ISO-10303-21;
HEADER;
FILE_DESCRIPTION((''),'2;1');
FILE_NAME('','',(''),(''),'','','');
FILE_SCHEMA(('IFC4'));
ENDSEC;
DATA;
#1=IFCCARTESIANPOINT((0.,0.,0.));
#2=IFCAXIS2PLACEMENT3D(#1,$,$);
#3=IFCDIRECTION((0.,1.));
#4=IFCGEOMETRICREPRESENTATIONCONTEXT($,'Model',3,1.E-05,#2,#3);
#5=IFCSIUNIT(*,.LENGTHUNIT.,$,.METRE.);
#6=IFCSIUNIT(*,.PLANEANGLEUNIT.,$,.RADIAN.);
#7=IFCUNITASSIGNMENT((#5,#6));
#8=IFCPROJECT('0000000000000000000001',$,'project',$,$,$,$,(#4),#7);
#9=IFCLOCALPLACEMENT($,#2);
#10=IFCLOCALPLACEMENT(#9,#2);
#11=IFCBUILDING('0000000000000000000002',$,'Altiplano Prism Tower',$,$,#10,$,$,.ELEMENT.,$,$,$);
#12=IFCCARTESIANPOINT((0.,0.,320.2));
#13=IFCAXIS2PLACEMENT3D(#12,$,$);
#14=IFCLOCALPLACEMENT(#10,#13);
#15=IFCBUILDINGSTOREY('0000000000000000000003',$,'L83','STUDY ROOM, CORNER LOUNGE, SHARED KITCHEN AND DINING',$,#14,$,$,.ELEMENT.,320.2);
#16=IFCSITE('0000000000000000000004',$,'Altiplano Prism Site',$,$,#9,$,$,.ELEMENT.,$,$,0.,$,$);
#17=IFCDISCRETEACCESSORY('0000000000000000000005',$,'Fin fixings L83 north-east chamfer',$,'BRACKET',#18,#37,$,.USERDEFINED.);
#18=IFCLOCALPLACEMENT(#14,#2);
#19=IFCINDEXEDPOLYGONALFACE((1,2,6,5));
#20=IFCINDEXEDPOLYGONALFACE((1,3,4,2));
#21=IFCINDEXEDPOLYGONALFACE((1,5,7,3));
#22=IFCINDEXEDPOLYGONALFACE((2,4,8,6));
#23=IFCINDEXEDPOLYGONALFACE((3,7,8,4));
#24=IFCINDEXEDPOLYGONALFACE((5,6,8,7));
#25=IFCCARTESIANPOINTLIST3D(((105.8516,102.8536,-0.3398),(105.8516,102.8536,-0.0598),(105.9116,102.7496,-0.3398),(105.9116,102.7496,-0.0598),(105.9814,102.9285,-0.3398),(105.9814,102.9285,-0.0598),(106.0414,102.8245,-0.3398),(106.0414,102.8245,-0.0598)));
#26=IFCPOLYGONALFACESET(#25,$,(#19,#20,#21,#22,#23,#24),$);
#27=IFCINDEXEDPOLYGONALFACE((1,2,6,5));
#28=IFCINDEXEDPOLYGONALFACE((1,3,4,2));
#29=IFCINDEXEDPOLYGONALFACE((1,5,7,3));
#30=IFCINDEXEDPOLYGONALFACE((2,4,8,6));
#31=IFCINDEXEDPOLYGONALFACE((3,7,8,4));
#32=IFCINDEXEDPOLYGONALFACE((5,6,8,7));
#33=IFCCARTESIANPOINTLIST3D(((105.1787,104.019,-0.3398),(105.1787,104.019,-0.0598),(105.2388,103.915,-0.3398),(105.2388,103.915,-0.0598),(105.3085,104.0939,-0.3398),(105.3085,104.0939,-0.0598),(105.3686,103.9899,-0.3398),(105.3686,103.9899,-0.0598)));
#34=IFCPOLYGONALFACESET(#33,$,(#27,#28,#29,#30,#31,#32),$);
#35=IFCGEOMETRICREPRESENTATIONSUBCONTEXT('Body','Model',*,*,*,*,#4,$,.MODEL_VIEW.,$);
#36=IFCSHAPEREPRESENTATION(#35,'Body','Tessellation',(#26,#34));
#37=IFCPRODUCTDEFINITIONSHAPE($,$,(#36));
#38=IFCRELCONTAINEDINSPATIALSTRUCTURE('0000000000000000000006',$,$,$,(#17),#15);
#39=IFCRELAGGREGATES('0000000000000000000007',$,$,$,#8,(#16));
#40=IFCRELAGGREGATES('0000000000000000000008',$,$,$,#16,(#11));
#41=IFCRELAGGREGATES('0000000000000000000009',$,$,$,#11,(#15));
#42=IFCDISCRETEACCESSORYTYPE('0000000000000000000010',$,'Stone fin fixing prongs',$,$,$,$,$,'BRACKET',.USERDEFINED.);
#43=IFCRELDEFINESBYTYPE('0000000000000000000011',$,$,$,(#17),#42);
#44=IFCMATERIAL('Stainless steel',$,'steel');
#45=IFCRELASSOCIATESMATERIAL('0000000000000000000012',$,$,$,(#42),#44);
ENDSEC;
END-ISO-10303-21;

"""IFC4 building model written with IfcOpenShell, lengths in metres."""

from ifc_helpers import new_model, si_unit, direction, frame, origin, place, context, subcontext, project, spatial, polyline, outline, extrude, source, transform, mapped, material, type_object, element, save


model = new_model("IFC4")

# Units and contexts
model_context = context("Model", 3, precision=1e-05, world=origin(), true_north=direction((0.0, 1.0)))
body_context = subcontext(model_context, "Body", "Model", "MODEL_VIEW")
ifc_project = project(units=[si_unit("LENGTHUNIT", "METRE"), si_unit("PLANEANGLEUNIT", "RADIAN")], contexts=[model_context])

# Site, building, storey
site_placement = place(None, origin())
site = spatial("IfcSite", under=ifc_project, at=site_placement, Name="Altiplano Prism Site", CompositionType="ELEMENT", RefElevation=0.0)
building_placement = place(site_placement, origin())
building = spatial("IfcBuilding", under=site, at=building_placement, Name="Altiplano Prism Tower", CompositionType="ELEMENT")
storey_placement = place(building_placement, frame((0.0, 0.0, 320.2)))
storey = spatial("IfcBuildingStorey", under=building, at=storey_placement, Name="L83", Description="STUDY ROOM, CORNER LOUNGE, SHARED KITCHEN AND DINING", CompositionType="ELEMENT", Elevation=320.2)

# Discrete accessory
ifc_material_1 = material(Name="Stainless steel", Category="steel")
discrete_accessory_type = type_object("IfcDiscreteAccessoryType", Name="Stone fin fixing prongs", ElementType="BRACKET", PredefinedType="USERDEFINED", material=ifc_material_1)
shared_shape_1 = source(origin(), body_context, "Body", "SweptSolid", [
    extrude(outline(polyline([(-0.7329, 0.0601), (-0.6128, 0.0601), (-0.6128, 0.3401), (-0.7329, 0.3401), (-0.7329, 0.0601)])), frame((0.0, 0.0, 0.0), z_axis=(0.0, -1.0, 0.0), x_axis=(1.0, 0.0, 0.0)), (0.0, 0.0, 1.0), 0.1499),
    extrude(outline(polyline([(0.6128, 0.0601), (0.7329, 0.0601), (0.7329, 0.3401), (0.6128, 0.3401), (0.6128, 0.0601)])), frame((0.0, 0.0, 0.0), z_axis=(0.0, -1.0, 0.0), x_axis=(1.0, 0.0, 0.0)), (0.0, 0.0, 1.0), 0.1499),
])
discrete_accessory_1_placement = place(storey_placement, origin())
element("IfcDiscreteAccessory", 1, at=discrete_accessory_1_placement, inside=storey, type_object=discrete_accessory_type, Name="Fin fixings L83 north-east chamfer", ObjectType="BRACKET", PredefinedType="USERDEFINED", context=body_context, shape_type="MappedRepresentation", body=[
    mapped(shared_shape_1, transform((105.5452, 103.3843, -0.3999), x_axis=(-0.5, 0.866025, 0.0), y_axis=(-0.866025, -0.5, 0.0), z_axis=(0.0, 0.0, 1.0))),
])

save(model, "model.ifc")
